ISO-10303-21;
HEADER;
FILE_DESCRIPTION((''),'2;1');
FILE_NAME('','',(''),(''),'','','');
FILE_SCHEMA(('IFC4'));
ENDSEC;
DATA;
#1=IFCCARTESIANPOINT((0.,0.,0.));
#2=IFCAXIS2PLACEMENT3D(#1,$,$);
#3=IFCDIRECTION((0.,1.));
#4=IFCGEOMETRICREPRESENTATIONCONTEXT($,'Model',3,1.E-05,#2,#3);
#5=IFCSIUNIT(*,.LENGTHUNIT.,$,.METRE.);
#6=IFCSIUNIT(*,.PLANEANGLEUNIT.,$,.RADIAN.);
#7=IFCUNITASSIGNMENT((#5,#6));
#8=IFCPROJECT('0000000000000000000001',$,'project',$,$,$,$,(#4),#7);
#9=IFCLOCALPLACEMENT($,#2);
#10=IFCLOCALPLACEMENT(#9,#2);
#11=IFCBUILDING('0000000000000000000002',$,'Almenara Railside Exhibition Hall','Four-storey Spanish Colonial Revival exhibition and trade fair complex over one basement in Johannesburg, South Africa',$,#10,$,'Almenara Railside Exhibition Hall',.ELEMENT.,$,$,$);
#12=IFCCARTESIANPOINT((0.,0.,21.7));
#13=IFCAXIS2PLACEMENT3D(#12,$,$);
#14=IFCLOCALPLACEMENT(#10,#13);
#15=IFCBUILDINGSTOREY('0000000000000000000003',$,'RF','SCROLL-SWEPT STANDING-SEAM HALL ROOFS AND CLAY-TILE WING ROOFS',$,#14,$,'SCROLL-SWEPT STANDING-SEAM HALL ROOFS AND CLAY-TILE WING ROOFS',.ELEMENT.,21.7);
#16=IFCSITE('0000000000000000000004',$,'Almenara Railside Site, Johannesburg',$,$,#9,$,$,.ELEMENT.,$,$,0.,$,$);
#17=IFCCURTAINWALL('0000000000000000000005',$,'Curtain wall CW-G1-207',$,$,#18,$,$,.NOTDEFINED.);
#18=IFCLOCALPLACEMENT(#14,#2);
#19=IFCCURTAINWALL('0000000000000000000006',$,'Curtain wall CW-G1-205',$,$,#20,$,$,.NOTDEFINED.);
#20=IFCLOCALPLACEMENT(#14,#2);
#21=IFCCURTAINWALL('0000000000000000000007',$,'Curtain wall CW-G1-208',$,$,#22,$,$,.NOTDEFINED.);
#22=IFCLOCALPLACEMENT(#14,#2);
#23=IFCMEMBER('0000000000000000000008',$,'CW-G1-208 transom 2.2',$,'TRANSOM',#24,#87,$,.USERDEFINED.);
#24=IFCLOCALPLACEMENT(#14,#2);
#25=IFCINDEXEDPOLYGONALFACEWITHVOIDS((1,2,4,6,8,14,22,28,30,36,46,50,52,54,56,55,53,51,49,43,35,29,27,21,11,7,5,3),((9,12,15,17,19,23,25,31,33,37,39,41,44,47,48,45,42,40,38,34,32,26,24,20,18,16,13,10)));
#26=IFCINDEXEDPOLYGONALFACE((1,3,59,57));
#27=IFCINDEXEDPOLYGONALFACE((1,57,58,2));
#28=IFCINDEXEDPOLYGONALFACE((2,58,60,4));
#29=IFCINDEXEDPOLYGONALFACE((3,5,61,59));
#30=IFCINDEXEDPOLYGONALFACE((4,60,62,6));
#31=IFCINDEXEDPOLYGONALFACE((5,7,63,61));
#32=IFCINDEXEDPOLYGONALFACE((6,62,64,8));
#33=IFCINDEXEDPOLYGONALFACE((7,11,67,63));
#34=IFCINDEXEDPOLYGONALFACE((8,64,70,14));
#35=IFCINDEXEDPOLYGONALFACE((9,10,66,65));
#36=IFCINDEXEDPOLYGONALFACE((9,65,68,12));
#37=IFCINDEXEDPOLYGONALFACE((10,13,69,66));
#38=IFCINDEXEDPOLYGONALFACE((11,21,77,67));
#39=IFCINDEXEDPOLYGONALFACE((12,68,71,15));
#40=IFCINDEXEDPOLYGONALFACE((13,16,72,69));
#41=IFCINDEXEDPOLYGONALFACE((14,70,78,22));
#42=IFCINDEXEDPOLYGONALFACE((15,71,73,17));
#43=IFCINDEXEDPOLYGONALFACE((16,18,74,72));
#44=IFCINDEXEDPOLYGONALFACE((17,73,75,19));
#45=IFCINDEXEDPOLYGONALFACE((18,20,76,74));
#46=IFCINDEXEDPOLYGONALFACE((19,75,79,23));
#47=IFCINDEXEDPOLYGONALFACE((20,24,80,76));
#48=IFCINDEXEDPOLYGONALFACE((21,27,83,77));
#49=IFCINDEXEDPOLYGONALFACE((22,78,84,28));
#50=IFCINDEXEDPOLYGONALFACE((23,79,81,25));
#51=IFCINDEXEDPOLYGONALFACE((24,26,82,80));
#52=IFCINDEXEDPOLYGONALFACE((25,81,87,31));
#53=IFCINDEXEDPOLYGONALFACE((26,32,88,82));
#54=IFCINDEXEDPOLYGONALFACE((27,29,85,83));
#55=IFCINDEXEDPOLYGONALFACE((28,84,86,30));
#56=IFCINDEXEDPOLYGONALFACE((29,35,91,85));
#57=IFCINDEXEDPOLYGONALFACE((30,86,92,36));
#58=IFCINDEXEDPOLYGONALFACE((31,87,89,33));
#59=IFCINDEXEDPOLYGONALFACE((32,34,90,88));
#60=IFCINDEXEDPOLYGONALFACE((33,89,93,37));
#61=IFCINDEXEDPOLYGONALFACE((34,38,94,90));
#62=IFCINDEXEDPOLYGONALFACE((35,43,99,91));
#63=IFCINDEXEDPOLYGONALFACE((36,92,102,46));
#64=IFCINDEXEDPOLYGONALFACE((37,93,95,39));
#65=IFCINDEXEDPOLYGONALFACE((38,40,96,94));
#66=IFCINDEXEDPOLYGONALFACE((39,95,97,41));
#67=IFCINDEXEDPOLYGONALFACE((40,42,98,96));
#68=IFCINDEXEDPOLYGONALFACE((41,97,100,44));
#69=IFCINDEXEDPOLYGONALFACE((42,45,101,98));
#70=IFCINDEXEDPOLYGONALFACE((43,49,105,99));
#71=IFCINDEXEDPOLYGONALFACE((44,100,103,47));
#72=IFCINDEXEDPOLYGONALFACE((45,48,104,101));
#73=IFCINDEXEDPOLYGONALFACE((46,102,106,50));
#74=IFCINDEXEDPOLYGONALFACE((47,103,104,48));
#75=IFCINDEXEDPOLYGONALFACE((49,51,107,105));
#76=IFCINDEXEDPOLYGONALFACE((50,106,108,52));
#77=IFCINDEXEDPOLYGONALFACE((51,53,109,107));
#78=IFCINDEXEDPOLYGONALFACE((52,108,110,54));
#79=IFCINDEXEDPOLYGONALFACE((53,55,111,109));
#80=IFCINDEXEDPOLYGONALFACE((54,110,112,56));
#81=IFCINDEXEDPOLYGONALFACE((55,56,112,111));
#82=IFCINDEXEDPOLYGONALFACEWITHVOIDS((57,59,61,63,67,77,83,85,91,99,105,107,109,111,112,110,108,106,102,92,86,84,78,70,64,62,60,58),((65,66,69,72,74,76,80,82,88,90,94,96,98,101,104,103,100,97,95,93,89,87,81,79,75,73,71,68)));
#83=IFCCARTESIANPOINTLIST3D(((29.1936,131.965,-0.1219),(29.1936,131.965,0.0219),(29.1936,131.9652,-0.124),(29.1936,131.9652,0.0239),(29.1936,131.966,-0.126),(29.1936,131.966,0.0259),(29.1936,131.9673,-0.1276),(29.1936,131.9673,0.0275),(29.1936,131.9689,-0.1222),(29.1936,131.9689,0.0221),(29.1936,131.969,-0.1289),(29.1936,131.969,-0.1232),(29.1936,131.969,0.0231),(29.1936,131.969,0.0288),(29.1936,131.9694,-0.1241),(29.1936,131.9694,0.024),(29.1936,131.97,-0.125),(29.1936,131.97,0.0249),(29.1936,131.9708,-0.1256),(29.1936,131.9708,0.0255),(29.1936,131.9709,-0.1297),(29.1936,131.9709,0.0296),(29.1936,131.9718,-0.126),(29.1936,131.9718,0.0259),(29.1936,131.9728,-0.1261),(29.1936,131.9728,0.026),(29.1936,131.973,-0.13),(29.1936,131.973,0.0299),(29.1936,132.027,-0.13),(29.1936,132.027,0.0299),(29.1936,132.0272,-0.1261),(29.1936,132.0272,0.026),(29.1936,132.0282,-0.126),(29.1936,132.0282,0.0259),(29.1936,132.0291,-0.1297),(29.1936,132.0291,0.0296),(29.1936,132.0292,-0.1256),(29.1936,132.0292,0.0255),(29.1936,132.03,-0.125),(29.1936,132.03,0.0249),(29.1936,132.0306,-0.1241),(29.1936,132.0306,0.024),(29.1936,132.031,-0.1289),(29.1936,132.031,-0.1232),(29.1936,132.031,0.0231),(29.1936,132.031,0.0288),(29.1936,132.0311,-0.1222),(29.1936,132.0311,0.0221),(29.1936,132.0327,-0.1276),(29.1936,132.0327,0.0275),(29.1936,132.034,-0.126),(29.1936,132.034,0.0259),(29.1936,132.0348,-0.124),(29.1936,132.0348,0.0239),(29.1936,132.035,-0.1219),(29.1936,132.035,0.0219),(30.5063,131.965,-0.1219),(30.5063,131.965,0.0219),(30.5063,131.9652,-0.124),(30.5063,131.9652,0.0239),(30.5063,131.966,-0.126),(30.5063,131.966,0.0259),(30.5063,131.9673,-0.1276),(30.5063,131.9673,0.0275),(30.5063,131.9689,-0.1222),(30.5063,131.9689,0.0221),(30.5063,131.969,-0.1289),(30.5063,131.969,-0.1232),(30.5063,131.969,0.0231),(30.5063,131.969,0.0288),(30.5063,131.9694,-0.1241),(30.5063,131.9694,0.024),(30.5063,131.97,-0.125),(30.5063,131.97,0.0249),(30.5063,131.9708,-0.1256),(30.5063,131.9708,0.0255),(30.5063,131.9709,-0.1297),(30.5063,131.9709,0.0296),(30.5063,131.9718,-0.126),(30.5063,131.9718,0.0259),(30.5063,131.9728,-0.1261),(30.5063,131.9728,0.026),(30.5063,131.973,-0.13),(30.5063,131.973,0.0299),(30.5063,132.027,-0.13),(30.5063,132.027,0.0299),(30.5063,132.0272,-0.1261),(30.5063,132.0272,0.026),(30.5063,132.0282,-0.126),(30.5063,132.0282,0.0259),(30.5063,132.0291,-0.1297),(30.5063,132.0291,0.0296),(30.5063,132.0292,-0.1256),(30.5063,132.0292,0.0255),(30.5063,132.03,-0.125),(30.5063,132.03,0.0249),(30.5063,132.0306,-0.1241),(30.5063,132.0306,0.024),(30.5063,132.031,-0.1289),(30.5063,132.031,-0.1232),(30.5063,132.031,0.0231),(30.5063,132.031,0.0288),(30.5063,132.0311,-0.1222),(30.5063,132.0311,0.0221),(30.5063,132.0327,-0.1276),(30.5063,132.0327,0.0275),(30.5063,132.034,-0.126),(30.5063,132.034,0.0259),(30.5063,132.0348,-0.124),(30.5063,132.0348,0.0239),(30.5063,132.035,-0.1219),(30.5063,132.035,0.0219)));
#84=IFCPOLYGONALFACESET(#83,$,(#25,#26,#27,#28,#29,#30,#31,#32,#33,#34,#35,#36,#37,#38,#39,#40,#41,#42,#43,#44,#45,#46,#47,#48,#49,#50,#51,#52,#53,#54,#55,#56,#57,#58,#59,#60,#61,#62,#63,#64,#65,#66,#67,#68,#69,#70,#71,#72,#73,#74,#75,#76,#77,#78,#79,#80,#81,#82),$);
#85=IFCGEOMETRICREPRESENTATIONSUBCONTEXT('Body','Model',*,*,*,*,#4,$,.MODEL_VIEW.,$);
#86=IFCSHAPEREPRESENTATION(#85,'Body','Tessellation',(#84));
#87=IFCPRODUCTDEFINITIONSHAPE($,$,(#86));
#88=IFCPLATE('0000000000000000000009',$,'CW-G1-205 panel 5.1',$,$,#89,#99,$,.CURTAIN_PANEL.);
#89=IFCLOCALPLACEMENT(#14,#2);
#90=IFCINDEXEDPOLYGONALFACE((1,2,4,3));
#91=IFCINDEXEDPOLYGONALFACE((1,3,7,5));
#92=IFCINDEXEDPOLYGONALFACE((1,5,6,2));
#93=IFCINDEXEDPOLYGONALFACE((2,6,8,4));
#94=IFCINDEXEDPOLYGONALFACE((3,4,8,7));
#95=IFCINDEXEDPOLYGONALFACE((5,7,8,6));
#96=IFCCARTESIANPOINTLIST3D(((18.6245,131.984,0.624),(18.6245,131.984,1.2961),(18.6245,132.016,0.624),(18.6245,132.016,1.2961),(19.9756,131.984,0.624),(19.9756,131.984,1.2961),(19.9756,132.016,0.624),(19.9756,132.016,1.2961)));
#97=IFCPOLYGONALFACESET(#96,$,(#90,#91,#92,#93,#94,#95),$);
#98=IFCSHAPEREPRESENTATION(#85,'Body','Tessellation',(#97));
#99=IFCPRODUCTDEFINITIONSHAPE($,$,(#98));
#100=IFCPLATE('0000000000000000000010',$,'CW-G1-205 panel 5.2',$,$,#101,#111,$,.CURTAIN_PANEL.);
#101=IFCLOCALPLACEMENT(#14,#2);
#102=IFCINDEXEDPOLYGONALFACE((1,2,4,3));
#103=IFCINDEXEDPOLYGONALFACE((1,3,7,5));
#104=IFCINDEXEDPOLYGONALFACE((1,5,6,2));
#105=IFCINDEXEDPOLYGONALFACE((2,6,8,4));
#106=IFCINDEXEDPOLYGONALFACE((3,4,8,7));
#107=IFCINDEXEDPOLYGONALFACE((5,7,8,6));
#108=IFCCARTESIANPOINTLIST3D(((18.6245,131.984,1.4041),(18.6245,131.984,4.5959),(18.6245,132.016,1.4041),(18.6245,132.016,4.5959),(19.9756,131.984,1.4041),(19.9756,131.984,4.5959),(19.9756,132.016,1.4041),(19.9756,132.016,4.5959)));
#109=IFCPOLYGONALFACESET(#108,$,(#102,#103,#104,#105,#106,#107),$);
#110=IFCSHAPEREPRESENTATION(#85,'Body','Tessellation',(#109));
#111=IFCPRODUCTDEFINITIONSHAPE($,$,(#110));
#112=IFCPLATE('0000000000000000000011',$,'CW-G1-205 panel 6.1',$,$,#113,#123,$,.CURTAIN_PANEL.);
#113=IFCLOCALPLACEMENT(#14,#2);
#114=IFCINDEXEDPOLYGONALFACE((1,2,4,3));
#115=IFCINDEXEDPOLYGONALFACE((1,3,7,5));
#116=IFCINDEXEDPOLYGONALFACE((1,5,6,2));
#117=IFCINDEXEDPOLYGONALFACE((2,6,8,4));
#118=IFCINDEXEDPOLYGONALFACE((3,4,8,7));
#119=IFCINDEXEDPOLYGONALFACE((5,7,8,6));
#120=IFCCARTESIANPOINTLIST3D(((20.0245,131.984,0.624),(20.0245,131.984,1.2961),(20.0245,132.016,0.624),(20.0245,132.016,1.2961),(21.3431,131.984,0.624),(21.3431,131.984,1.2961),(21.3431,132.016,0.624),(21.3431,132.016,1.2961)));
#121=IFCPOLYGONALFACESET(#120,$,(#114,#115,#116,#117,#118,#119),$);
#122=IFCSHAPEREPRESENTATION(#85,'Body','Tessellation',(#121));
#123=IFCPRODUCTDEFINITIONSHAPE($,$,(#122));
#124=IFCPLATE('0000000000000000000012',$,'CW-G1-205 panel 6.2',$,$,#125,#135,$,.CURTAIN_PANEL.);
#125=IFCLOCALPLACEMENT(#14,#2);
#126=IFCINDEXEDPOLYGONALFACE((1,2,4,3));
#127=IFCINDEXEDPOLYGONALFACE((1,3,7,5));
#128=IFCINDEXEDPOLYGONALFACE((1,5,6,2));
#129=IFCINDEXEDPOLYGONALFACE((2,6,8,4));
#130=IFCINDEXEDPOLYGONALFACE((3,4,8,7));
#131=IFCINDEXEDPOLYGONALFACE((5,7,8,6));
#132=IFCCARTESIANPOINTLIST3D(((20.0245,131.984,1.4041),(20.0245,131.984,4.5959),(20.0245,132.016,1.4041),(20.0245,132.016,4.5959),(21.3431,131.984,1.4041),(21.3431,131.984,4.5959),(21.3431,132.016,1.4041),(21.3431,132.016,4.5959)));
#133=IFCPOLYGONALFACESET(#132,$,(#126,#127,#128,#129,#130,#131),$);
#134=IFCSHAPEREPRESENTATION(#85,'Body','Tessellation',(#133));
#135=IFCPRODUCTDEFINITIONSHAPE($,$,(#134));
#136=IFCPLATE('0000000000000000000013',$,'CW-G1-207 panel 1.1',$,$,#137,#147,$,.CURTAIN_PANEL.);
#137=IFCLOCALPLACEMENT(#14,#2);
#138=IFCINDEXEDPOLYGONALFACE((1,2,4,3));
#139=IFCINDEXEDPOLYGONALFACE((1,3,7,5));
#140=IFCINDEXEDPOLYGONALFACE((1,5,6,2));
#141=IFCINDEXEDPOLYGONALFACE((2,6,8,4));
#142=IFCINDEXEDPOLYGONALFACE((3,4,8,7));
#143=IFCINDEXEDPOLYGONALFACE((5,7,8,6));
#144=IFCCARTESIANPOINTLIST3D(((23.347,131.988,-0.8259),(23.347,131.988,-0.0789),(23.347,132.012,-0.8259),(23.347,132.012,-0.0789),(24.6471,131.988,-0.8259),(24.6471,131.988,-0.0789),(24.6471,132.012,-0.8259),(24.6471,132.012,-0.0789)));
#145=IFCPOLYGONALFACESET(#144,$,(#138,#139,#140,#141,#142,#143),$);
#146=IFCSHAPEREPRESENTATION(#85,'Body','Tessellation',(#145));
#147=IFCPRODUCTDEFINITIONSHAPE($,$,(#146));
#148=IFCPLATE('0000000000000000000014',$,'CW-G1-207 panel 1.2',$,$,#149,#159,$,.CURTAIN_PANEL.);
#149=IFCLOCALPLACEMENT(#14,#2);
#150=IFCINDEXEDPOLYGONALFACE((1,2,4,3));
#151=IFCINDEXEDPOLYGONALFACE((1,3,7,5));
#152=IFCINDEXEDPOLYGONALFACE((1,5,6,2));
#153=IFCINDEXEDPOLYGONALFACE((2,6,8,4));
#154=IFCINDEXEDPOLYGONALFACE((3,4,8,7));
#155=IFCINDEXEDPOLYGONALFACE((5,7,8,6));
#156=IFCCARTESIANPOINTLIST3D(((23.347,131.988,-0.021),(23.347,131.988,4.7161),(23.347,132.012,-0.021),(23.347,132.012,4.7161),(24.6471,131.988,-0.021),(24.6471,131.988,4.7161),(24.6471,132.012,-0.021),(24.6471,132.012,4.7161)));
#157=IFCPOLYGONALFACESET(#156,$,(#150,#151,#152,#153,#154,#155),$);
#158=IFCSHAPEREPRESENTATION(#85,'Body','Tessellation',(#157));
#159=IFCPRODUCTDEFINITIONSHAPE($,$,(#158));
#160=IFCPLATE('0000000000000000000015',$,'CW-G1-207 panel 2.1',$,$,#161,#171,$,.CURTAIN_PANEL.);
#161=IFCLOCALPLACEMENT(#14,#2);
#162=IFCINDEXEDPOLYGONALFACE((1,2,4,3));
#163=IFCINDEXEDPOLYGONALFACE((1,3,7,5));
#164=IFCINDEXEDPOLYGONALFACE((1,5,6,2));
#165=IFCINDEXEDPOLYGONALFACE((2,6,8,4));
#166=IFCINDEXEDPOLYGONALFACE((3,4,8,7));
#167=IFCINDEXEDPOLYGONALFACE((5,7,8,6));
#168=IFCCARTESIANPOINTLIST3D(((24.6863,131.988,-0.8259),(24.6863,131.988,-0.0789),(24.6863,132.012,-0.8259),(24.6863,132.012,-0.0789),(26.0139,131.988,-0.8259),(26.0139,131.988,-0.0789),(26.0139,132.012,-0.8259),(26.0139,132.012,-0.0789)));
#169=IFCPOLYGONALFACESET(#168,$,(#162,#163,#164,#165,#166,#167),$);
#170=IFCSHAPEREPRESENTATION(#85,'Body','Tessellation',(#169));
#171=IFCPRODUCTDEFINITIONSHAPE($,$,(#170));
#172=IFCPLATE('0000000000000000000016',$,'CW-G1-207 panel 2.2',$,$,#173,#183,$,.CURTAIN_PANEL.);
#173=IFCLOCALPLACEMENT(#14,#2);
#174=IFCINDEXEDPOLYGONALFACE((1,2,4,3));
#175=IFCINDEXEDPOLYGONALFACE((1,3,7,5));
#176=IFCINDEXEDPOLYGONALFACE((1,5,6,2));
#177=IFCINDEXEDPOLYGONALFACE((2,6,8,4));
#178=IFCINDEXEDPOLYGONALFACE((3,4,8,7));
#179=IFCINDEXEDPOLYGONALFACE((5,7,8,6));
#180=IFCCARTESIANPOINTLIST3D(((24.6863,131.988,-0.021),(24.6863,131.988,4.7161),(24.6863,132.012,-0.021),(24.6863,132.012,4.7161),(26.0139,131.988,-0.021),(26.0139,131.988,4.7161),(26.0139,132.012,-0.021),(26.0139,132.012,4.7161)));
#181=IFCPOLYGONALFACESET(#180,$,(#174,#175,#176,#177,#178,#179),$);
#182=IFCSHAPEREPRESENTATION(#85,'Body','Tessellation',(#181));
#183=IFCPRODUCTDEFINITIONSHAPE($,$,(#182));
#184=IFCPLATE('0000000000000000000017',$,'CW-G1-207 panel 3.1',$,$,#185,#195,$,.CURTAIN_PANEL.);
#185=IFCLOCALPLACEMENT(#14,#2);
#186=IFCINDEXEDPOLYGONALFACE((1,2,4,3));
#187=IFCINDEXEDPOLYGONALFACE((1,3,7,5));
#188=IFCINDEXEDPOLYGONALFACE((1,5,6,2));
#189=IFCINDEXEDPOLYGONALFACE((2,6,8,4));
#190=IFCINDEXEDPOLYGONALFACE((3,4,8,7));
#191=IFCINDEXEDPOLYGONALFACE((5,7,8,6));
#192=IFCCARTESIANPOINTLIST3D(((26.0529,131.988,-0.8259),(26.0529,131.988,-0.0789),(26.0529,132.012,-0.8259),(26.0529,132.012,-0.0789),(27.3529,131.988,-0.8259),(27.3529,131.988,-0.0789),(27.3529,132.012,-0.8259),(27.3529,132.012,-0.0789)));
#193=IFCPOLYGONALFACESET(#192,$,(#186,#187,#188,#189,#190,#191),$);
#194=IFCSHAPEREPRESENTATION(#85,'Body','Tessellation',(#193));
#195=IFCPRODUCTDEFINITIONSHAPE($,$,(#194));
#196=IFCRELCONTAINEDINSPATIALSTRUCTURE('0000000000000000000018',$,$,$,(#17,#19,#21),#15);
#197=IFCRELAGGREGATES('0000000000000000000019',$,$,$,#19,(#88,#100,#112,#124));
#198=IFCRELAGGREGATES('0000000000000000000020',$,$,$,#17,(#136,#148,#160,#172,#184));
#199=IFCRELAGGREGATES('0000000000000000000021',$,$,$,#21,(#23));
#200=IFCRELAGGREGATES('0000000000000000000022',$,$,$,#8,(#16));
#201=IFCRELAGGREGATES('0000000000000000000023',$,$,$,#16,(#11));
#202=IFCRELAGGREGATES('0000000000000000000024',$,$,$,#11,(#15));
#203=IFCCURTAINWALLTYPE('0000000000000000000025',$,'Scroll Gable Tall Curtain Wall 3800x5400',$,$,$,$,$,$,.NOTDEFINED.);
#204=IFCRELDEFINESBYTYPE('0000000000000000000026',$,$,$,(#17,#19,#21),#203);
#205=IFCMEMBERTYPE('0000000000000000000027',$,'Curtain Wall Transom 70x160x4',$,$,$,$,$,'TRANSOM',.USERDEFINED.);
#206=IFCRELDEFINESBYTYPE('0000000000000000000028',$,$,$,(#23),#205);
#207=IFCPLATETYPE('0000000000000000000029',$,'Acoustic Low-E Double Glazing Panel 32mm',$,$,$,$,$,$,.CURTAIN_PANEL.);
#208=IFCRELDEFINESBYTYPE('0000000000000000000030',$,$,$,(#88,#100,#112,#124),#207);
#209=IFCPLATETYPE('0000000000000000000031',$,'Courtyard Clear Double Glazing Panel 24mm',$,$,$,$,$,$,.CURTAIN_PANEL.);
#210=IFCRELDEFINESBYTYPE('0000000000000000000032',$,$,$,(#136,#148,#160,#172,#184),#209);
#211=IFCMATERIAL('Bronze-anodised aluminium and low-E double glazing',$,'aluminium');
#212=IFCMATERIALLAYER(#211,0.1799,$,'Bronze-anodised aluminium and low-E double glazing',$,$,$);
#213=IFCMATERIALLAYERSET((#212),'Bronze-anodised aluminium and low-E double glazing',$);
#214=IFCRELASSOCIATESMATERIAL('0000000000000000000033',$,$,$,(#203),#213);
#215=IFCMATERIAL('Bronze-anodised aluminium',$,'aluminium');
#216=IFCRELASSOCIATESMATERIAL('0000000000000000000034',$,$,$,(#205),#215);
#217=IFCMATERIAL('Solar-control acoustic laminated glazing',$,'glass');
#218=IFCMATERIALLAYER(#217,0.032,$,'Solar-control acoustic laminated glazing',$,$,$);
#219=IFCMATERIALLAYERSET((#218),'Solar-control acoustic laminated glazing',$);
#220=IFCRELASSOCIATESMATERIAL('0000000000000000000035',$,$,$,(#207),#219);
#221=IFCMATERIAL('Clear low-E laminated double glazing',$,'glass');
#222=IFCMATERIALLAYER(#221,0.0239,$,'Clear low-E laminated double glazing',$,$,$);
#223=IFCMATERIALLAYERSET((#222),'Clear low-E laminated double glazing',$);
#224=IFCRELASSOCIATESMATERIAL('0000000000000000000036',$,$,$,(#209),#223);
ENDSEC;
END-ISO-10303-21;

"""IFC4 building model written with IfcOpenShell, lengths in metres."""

from ifc_helpers import new_model, si_unit, direction, frame, origin, origin_2d, place, context, subcontext, project, spatial, rectangle, hollow_rectangle, extrude, material, layer, layer_set, material_profile, profile_set, type_object, element, aggregate, save


model = new_model("IFC4")

# Units and contexts
model_context = context("Model", 3, precision=1e-05, world=origin(), true_north=direction((0.0, 1.0)))
body_context = subcontext(model_context, "Body", "Model", "MODEL_VIEW")
ifc_project = project(units=[si_unit("LENGTHUNIT", "METRE"), si_unit("PLANEANGLEUNIT", "RADIAN")], contexts=[model_context])

# Site, building, storey
site_placement = place(None, origin())
site = spatial("IfcSite", under=ifc_project, at=site_placement, Name="Almenara Railside Site, Johannesburg", CompositionType="ELEMENT", RefElevation=0.0)
building_placement = place(site_placement, origin())
building = spatial("IfcBuilding", under=site, at=building_placement, Name="Almenara Railside Exhibition Hall", Description="Four-storey Spanish Colonial Revival exhibition and trade fair complex over one basement in Johannesburg, South Africa", LongName="Almenara Railside Exhibition Hall", CompositionType="ELEMENT")
storey_placement = place(building_placement, frame((0.0, 0.0, 21.7)))
storey = spatial("IfcBuildingStorey", under=building, at=storey_placement, Name="RF", Description="SCROLL-SWEPT STANDING-SEAM HALL ROOFS AND CLAY-TILE WING ROOFS", LongName="SCROLL-SWEPT STANDING-SEAM HALL ROOFS AND CLAY-TILE WING ROOFS", CompositionType="ELEMENT", Elevation=21.7)

# Curtain walls
ifc_material_1 = material(Name="Bronze-anodised aluminium and low-E double glazing", Category="aluminium")
ifc_layer_1 = layer(ifc_material_1, 0.1799, Name="Bronze-anodised aluminium and low-E double glazing")
ifc_layer_set_1 = layer_set([ifc_layer_1], Name="Bronze-anodised aluminium and low-E double glazing")
curtain_wall_type = type_object("IfcCurtainWallType", Name="Scroll Gable Tall Curtain Wall 3800x5400", PredefinedType="NOTDEFINED", material=ifc_layer_set_1)
curtain_wall_1_placement = place(storey_placement, origin())
curtain_wall_1 = element("IfcCurtainWall", 1, at=curtain_wall_1_placement, inside=storey, type_object=curtain_wall_type, Name="Curtain wall CW-G1-207", PredefinedType="NOTDEFINED")
ifc_material_2 = material(Name="Bronze-anodised aluminium", Category="aluminium")
curtain_wall_2_placement = place(storey_placement, origin())
curtain_wall_2 = element("IfcCurtainWall", 2, at=curtain_wall_2_placement, inside=storey, type_object=curtain_wall_type, Name="Curtain wall CW-G1-205", PredefinedType="NOTDEFINED")
curtain_wall_3_placement = place(storey_placement, origin())
curtain_wall_3 = element("IfcCurtainWall", 3, at=curtain_wall_3_placement, inside=storey, type_object=curtain_wall_type, Name="Curtain wall CW-G1-208", PredefinedType="NOTDEFINED")

# Member
ifc_material_profile_1 = material_profile(ifc_material_2, hollow_rectangle(XDim=0.0701, YDim=0.1599, WallThickness=0.0039, InnerFilletRadius=0.0039, OuterFilletRadius=0.0081, at=origin_2d()), Name="ALU-TRN 70x160x4")
ifc_profile_set_1 = profile_set([ifc_material_profile_1], Name="Bronze-anodised aluminium")
member_type_1 = type_object("IfcMemberType", Name="Curtain Wall Transom 70x160x4", ElementType="TRANSOM", PredefinedType="USERDEFINED", material=ifc_profile_set_1)
member_1_placement = place(storey_placement, frame((29.1936, 132.0, -0.05), z_axis=(1.0, 0.0, 0.0), x_axis=(0.0, 1.0, 0.0)))
member_1 = element("IfcMember", 4, at=member_1_placement, type_object=member_type_1, Name="CW-G1-208 transom 2.2", ObjectType="TRANSOM", PredefinedType="USERDEFINED", context=body_context, shape_type="SweptSolid", body=[
    extrude(hollow_rectangle(XDim=0.0701, YDim=0.1599, WallThickness=0.0039, InnerFilletRadius=0.0039, OuterFilletRadius=0.0081, at=origin_2d()), origin(), (0.0, 0.0, 1.0), 1.3127),
])

# Plates
ifc_material_3 = material(Name="Solar-control acoustic laminated glazing", Category="glass")
ifc_layer_2 = layer(ifc_material_3, 0.032, Name="Solar-control acoustic laminated glazing")
ifc_layer_set_2 = layer_set([ifc_layer_2], Name="Solar-control acoustic laminated glazing")
plate_type_1 = type_object("IfcPlateType", Name="Acoustic Low-E Double Glazing Panel 32mm", PredefinedType="CURTAIN_PANEL", material=ifc_layer_set_2)
plate_1_placement = place(storey_placement, frame((19.3, 132.0, 0.624), z_axis=(0.0, 0.0, 1.0), x_axis=(1.0, 0.0, 0.0)))
plate_1 = element("IfcPlate", 5, at=plate_1_placement, type_object=plate_type_1, Name="CW-G1-205 panel 5.1", PredefinedType="CURTAIN_PANEL", context=body_context, shape_type="SweptSolid", body=[
    extrude(rectangle(XDim=1.3511, YDim=0.032, at=origin_2d()), origin(), (0.0, 0.0, 1.0), 0.6721),
])
plate_2_placement = place(storey_placement, frame((19.3, 132.0, 1.4041), z_axis=(0.0, 0.0, 1.0), x_axis=(1.0, 0.0, 0.0)))
plate_2 = element("IfcPlate", 6, at=plate_2_placement, type_object=plate_type_1, Name="CW-G1-205 panel 5.2", PredefinedType="CURTAIN_PANEL", context=body_context, shape_type="SweptSolid", body=[
    extrude(rectangle(XDim=1.3511, YDim=0.032, at=origin_2d()), origin(), (0.0, 0.0, 1.0), 3.1919),
])
plate_3_placement = place(storey_placement, frame((20.6838, 132.0, 0.624), z_axis=(0.0, 0.0, 1.0), x_axis=(1.0, 0.0, 0.0)))
plate_3 = element("IfcPlate", 7, at=plate_3_placement, type_object=plate_type_1, Name="CW-G1-205 panel 6.1", PredefinedType="CURTAIN_PANEL", context=body_context, shape_type="SweptSolid", body=[
    extrude(rectangle(XDim=1.3186, YDim=0.032, at=origin_2d()), origin(), (0.0, 0.0, 1.0), 0.6721),
])
plate_4_placement = place(storey_placement, frame((20.6838, 132.0, 1.4041), z_axis=(0.0, 0.0, 1.0), x_axis=(1.0, 0.0, 0.0)))
plate_4 = element("IfcPlate", 8, at=plate_4_placement, type_object=plate_type_1, Name="CW-G1-205 panel 6.2", PredefinedType="CURTAIN_PANEL", context=body_context, shape_type="SweptSolid", body=[
    extrude(rectangle(XDim=1.3186, YDim=0.032, at=origin_2d()), origin(), (0.0, 0.0, 1.0), 3.1919),
])
aggregate(curtain_wall_2, [plate_1, plate_2, plate_3, plate_4])
ifc_material_4 = material(Name="Clear low-E laminated double glazing", Category="glass")
ifc_layer_3 = layer(ifc_material_4, 0.0239, Name="Clear low-E laminated double glazing")
ifc_layer_set_3 = layer_set([ifc_layer_3], Name="Clear low-E laminated double glazing")
plate_type_2 = type_object("IfcPlateType", Name="Courtyard Clear Double Glazing Panel 24mm", PredefinedType="CURTAIN_PANEL", material=ifc_layer_set_3)
plate_5_placement = place(storey_placement, frame((23.9971, 132.0, -0.8259), z_axis=(0.0, 0.0, 1.0), x_axis=(1.0, 0.0, 0.0)))
plate_5 = element("IfcPlate", 9, at=plate_5_placement, type_object=plate_type_2, Name="CW-G1-207 panel 1.1", PredefinedType="CURTAIN_PANEL", context=body_context, shape_type="SweptSolid", body=[
    extrude(rectangle(XDim=1.3, YDim=0.0239, at=origin_2d()), origin(), (0.0, 0.0, 1.0), 0.7471),
])
plate_6_placement = place(storey_placement, frame((23.9971, 132.0, -0.021), z_axis=(0.0, 0.0, 1.0), x_axis=(1.0, 0.0, 0.0)))
plate_6 = element("IfcPlate", 10, at=plate_6_placement, type_object=plate_type_2, Name="CW-G1-207 panel 1.2", PredefinedType="CURTAIN_PANEL", context=body_context, shape_type="SweptSolid", body=[
    extrude(rectangle(XDim=1.3, YDim=0.0239, at=origin_2d()), origin(), (0.0, 0.0, 1.0), 4.7371),
])
plate_7_placement = place(storey_placement, frame((25.3501, 132.0, -0.8259), z_axis=(0.0, 0.0, 1.0), x_axis=(1.0, 0.0, 0.0)))
plate_7 = element("IfcPlate", 11, at=plate_7_placement, type_object=plate_type_2, Name="CW-G1-207 panel 2.1", PredefinedType="CURTAIN_PANEL", context=body_context, shape_type="SweptSolid", body=[
    extrude(rectangle(XDim=1.3276, YDim=0.0239, at=origin_2d()), origin(), (0.0, 0.0, 1.0), 0.7471),
])
plate_8_placement = place(storey_placement, frame((25.3501, 132.0, -0.021), z_axis=(0.0, 0.0, 1.0), x_axis=(1.0, 0.0, 0.0)))
plate_8 = element("IfcPlate", 12, at=plate_8_placement, type_object=plate_type_2, Name="CW-G1-207 panel 2.2", PredefinedType="CURTAIN_PANEL", context=body_context, shape_type="SweptSolid", body=[
    extrude(rectangle(XDim=1.3276, YDim=0.0239, at=origin_2d()), origin(), (0.0, 0.0, 1.0), 4.7371),
])
plate_9_placement = place(storey_placement, frame((26.7029, 132.0, -0.8259), z_axis=(0.0, 0.0, 1.0), x_axis=(1.0, 0.0, 0.0)))
plate_9 = element("IfcPlate", 13, at=plate_9_placement, type_object=plate_type_2, Name="CW-G1-207 panel 3.1", PredefinedType="CURTAIN_PANEL", context=body_context, shape_type="SweptSolid", body=[
    extrude(rectangle(XDim=1.3, YDim=0.0239, at=origin_2d()), origin(), (0.0, 0.0, 1.0), 0.7471),
])
aggregate(curtain_wall_1, [plate_5, plate_6, plate_7, plate_8, plate_9])
aggregate(curtain_wall_3, [member_1])

save(model, "model.ifc")
